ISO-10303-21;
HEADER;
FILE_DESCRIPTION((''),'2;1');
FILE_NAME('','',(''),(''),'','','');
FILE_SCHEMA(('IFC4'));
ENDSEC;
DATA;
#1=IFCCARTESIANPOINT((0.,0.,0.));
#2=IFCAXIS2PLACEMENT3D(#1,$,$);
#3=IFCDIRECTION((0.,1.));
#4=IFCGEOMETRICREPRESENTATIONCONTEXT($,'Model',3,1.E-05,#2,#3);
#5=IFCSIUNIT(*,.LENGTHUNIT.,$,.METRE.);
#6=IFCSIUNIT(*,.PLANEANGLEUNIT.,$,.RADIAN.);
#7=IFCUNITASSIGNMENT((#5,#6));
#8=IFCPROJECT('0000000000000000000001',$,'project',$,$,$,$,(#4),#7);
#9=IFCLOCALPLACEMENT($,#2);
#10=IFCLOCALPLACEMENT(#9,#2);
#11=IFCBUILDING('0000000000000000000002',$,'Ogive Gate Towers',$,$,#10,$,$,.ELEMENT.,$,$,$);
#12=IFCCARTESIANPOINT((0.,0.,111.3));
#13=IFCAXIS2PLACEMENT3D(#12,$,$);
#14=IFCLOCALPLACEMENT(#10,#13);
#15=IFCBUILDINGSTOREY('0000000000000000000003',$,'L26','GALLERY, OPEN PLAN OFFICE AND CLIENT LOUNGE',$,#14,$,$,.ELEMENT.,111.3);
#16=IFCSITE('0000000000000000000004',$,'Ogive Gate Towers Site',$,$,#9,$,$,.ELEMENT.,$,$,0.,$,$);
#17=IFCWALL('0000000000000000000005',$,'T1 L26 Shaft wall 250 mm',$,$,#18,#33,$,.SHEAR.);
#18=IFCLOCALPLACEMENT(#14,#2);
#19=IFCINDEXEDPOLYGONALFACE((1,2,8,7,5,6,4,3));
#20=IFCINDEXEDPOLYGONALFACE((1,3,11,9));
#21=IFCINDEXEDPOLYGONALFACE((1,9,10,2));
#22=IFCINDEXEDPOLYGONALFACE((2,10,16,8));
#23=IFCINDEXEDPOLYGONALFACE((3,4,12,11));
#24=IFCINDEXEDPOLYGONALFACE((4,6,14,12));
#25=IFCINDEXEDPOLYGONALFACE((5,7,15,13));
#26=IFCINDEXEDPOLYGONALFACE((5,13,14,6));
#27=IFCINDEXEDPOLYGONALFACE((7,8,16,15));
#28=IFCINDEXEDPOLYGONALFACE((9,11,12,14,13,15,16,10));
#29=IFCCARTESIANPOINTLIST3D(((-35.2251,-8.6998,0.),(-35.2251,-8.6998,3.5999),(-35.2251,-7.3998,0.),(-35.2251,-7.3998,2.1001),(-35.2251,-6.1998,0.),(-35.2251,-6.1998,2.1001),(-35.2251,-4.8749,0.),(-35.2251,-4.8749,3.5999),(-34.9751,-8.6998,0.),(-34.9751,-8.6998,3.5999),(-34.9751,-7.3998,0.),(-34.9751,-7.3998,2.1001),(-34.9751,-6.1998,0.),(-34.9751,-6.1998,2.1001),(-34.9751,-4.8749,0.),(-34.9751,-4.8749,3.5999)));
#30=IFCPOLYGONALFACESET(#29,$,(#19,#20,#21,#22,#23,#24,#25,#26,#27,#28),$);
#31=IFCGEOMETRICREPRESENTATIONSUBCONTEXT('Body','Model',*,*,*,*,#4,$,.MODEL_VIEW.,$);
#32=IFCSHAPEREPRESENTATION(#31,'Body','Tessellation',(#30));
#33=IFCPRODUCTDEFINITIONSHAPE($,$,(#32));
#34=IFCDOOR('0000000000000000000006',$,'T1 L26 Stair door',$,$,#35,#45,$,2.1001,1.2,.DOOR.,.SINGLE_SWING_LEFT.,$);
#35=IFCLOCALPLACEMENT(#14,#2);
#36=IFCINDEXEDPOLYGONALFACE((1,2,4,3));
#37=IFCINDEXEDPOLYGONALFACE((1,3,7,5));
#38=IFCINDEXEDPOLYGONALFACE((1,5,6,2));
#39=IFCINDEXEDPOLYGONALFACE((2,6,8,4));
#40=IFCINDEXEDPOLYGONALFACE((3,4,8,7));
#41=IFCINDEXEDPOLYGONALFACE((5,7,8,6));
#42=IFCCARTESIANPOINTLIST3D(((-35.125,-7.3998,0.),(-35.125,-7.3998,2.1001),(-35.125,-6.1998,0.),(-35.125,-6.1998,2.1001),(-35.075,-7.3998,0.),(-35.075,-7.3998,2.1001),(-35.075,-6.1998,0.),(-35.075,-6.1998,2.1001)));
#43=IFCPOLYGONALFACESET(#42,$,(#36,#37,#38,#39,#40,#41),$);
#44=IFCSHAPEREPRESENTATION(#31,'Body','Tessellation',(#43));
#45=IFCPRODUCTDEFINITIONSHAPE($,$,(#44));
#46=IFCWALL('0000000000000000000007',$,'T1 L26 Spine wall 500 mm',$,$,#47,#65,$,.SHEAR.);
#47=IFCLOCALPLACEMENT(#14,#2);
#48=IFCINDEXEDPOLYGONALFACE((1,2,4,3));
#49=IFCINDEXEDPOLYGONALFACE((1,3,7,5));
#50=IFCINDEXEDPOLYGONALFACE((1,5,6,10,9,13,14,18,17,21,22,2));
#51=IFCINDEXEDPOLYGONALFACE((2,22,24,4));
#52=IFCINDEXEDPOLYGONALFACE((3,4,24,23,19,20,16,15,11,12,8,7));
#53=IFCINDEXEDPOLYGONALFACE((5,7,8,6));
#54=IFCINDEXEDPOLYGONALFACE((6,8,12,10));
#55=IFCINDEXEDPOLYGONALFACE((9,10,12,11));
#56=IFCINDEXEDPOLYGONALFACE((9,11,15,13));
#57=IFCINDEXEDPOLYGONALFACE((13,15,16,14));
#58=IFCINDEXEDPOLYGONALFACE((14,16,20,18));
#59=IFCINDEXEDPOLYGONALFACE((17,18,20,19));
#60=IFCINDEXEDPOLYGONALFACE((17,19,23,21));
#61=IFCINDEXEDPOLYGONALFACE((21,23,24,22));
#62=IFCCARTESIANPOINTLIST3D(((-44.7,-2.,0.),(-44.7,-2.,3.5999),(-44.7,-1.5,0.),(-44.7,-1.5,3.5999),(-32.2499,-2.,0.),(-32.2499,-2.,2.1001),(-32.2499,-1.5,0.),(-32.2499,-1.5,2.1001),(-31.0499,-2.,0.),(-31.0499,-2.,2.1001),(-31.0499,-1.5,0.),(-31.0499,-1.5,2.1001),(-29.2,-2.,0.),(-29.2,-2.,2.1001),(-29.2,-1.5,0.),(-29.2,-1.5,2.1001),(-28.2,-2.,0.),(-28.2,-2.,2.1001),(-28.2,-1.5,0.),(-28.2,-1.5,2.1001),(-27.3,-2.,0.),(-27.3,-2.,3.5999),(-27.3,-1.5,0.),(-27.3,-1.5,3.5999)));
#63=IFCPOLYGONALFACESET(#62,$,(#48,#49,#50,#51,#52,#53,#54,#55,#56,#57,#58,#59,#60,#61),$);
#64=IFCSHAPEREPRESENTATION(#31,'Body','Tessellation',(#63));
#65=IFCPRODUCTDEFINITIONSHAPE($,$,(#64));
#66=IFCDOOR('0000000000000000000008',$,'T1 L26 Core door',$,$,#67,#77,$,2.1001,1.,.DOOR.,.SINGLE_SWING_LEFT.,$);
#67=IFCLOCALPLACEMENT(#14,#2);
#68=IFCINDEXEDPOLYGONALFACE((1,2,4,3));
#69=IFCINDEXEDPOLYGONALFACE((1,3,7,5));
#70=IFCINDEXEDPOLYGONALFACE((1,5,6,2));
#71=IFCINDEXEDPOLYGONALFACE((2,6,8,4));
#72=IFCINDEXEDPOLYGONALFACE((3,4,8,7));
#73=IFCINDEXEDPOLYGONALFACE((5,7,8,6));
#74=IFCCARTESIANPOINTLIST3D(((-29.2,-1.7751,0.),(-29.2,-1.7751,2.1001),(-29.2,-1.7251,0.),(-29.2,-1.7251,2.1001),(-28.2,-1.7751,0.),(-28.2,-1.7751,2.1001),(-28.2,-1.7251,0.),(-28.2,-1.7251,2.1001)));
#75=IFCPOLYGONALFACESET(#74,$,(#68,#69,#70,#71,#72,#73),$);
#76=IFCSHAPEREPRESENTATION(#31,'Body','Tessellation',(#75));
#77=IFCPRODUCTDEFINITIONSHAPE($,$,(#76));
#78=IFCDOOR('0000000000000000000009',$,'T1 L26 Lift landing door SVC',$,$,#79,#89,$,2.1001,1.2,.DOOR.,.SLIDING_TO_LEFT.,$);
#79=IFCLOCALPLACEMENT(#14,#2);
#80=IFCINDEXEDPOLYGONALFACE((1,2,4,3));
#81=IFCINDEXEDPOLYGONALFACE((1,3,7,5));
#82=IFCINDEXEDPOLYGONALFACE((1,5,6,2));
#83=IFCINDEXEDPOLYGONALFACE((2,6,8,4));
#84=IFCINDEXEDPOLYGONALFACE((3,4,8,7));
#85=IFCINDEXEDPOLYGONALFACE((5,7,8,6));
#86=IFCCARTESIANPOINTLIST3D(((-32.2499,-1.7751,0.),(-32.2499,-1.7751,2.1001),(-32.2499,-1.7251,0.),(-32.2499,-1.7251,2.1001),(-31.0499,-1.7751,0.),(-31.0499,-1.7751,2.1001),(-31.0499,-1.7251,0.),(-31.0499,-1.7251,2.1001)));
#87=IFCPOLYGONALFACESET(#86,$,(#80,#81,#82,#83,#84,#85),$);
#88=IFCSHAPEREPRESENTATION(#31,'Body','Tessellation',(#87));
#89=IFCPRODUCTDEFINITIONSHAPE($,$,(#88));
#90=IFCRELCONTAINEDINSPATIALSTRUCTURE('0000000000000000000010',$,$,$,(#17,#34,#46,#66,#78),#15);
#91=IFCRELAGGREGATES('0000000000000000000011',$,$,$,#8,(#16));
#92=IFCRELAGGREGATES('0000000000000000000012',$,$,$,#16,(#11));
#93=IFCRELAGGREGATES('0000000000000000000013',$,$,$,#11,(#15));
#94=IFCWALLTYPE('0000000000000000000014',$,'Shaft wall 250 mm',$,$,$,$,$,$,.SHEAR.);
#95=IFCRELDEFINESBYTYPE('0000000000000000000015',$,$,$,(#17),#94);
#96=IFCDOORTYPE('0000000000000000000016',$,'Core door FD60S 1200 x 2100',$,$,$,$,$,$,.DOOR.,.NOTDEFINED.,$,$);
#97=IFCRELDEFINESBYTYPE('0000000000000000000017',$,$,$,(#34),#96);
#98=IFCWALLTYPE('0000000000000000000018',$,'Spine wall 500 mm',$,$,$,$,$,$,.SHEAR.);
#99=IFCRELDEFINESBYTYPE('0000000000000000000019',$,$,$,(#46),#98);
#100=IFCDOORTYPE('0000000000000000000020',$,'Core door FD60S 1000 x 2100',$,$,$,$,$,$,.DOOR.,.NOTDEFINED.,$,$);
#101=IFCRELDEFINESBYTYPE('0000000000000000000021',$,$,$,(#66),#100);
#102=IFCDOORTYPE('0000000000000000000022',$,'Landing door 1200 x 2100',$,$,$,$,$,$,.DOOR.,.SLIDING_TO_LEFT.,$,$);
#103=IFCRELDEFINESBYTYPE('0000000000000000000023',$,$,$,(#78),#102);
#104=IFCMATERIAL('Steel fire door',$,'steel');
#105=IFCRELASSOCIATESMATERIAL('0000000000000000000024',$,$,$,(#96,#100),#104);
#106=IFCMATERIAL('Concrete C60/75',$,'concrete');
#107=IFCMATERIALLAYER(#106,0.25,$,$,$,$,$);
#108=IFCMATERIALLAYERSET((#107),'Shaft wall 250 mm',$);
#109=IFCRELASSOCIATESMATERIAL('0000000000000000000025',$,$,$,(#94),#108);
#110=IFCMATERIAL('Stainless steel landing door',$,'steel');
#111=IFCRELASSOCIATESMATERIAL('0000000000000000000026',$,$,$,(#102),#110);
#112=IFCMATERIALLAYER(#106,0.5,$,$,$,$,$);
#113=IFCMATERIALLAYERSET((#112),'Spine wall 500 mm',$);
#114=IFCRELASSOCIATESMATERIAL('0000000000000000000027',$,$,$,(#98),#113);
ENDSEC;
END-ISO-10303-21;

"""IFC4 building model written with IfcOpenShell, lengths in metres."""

from ifc_helpers import new_model, si_unit, direction, frame, frame_2d, origin, place, context, subcontext, project, spatial, rectangle, extrude, material, layer, layer_set, type_object, element, fill, save


model = new_model("IFC4")

# Units and contexts
model_context = context("Model", 3, precision=1e-05, world=origin(), true_north=direction((0.0, 1.0)))
body_context = subcontext(model_context, "Body", "Model", "MODEL_VIEW")
ifc_project = project(units=[si_unit("LENGTHUNIT", "METRE"), si_unit("PLANEANGLEUNIT", "RADIAN")], contexts=[model_context])

# Site, building, storey
site_placement = place(None, origin())
site = spatial("IfcSite", under=ifc_project, at=site_placement, Name="Ogive Gate Towers Site", CompositionType="ELEMENT", RefElevation=0.0)
building_placement = place(site_placement, origin())
building = spatial("IfcBuilding", under=site, at=building_placement, Name="Ogive Gate Towers", CompositionType="ELEMENT")
storey_placement = place(building_placement, frame((0.0, 0.0, 111.3)))
storey = spatial("IfcBuildingStorey", under=building, at=storey_placement, Name="L26", Description="GALLERY, OPEN PLAN OFFICE AND CLIENT LOUNGE", CompositionType="ELEMENT", Elevation=111.3)

# Shared definitions
ifc_material_1 = material(Name="Concrete C60/75", Category="concrete")
ifc_material_2 = material(Name="Steel fire door", Category="steel")
door_type_1 = type_object("IfcDoorType", Name="Core door FD60S 1200 x 2100", OperationType="NOTDEFINED", PredefinedType="DOOR", material=ifc_material_2)

# Shared definitions
ifc_layer_1 = layer(ifc_material_1, 0.25)
ifc_layer_set_1 = layer_set([ifc_layer_1], Name="Shaft wall 250 mm")
wall_type_1 = type_object("IfcWallType", Name="Shaft wall 250 mm", PredefinedType="SHEAR", material=ifc_layer_set_1)

# Wall, opening, door
ifc_material_3 = material(Name="Stainless steel landing door", Category="steel")
door_type_2 = type_object("IfcDoorType", Name="Landing door 1200 x 2100", OperationType="SLIDING_TO_LEFT", PredefinedType="DOOR", material=ifc_material_3)
wall_1_placement = place(storey_placement, frame((-35.1001, -8.7, 0.0), z_axis=(0.0, 0.0, 1.0), x_axis=(0.0, 1.0, 0.0)))
wall_1 = element("IfcWall", 1, at=wall_1_placement, inside=storey, type_object=wall_type_1, Name="T1 L26 Shaft wall 250 mm", PredefinedType="SHEAR", context=body_context, shape_type="SweptSolid", body=[
    extrude(rectangle(XDim=3.825, YDim=0.25, at=frame_2d((1.9126, 0.0))), origin(), (0.0, 0.0, 1.0), 3.5999),
])
opening_1_placement = place(wall_1_placement, frame((1.3, 0.0, 0.0)))
opening_1 = element("IfcOpeningElement", 2, at=opening_1_placement, cuts=wall_1, PredefinedType="OPENING", context=body_context, shape_type="SweptSolid", body=[
    extrude(rectangle(XDim=1.2, YDim=2.1001, at=frame_2d((0.6001, 1.05))), frame((0.0, 0.135, 0.0), z_axis=(0.0, -1.0, 0.0), x_axis=(1.0, 0.0, 0.0)), (0.0, 0.0, 1.0), 0.27),
])
door_1_placement = place(opening_1_placement, origin())
door_1 = element("IfcDoor", 3, at=door_1_placement, inside=storey, type_object=door_type_1, Name="T1 L26 Stair door", OperationType="SINGLE_SWING_LEFT", OverallHeight=2.1001, OverallWidth=1.2, PredefinedType="DOOR", context=body_context, shape_type="SweptSolid", body=[
    extrude(rectangle(XDim=1.2, YDim=2.1001, at=frame_2d((0.6001, 1.05))), frame((0.0, 0.0249, 0.0), z_axis=(0.0, -1.0, 0.0), x_axis=(1.0, 0.0, 0.0)), (0.0, 0.0, 1.0), 0.05),
])
fill(opening_1, door_1)

# Wall, openings, doors
ifc_layer_2 = layer(ifc_material_1, 0.5)
ifc_layer_set_2 = layer_set([ifc_layer_2], Name="Spine wall 500 mm")
wall_type_2 = type_object("IfcWallType", Name="Spine wall 500 mm", PredefinedType="SHEAR", material=ifc_layer_set_2)
wall_2_placement = place(storey_placement, frame((-44.7, -1.75, 0.0), z_axis=(0.0, 0.0, 1.0), x_axis=(1.0, 0.0, 0.0)))
wall_2 = element("IfcWall", 4, at=wall_2_placement, inside=storey, type_object=wall_type_2, Name="T1 L26 Spine wall 500 mm", PredefinedType="SHEAR", context=body_context, shape_type="SweptSolid", body=[
    extrude(rectangle(XDim=17.3999, YDim=0.5, at=frame_2d((8.7, 0.0))), origin(), (0.0, 0.0, 1.0), 3.5999),
])
opening_2_placement = place(wall_2_placement, frame((12.45, 0.0, 0.0)))
opening_2 = element("IfcOpeningElement", 5, at=opening_2_placement, cuts=wall_2, PredefinedType="OPENING", context=body_context, shape_type="SweptSolid", body=[
    extrude(rectangle(XDim=1.2, YDim=2.1001, at=frame_2d((0.6001, 1.05))), frame((0.0, 0.26, 0.0), z_axis=(0.0, -1.0, 0.0), x_axis=(1.0, 0.0, 0.0)), (0.0, 0.0, 1.0), 0.52),
])
opening_3_placement = place(wall_2_placement, frame((15.5, 0.0, 0.0)))
opening_3 = element("IfcOpeningElement", 6, at=opening_3_placement, cuts=wall_2, PredefinedType="OPENING", context=body_context, shape_type="SweptSolid", body=[
    extrude(rectangle(XDim=1.0, YDim=2.1001, at=frame_2d((0.5, 1.05))), frame((0.0, 0.26, 0.0), z_axis=(0.0, -1.0, 0.0), x_axis=(1.0, 0.0, 0.0)), (0.0, 0.0, 1.0), 0.52),
])
door_type_3 = type_object("IfcDoorType", Name="Core door FD60S 1000 x 2100", OperationType="NOTDEFINED", PredefinedType="DOOR", material=ifc_material_2)
door_2_placement = place(opening_3_placement, origin())
door_2 = element("IfcDoor", 7, at=door_2_placement, inside=storey, type_object=door_type_3, Name="T1 L26 Core door", OperationType="SINGLE_SWING_LEFT", OverallHeight=2.1001, OverallWidth=1.0, PredefinedType="DOOR", context=body_context, shape_type="SweptSolid", body=[
    extrude(rectangle(XDim=1.0, YDim=2.1001, at=frame_2d((0.5, 1.05))), frame((0.0, 0.0249, 0.0), z_axis=(0.0, -1.0, 0.0), x_axis=(1.0, 0.0, 0.0)), (0.0, 0.0, 1.0), 0.05),
])
fill(opening_3, door_2)
door_3_placement = place(opening_2_placement, origin())
door_3 = element("IfcDoor", 8, at=door_3_placement, inside=storey, type_object=door_type_2, Name="T1 L26 Lift landing door SVC", OperationType="SLIDING_TO_LEFT", OverallHeight=2.1001, OverallWidth=1.2, PredefinedType="DOOR", context=body_context, shape_type="SweptSolid", body=[
    extrude(rectangle(XDim=1.2, YDim=2.1001, at=frame_2d((0.6001, 1.05))), frame((0.0, 0.0249, 0.0), z_axis=(0.0, -1.0, 0.0), x_axis=(1.0, 0.0, 0.0)), (0.0, 0.0, 1.0), 0.05),
])
fill(opening_2, door_3)

save(model, "model.ifc")
